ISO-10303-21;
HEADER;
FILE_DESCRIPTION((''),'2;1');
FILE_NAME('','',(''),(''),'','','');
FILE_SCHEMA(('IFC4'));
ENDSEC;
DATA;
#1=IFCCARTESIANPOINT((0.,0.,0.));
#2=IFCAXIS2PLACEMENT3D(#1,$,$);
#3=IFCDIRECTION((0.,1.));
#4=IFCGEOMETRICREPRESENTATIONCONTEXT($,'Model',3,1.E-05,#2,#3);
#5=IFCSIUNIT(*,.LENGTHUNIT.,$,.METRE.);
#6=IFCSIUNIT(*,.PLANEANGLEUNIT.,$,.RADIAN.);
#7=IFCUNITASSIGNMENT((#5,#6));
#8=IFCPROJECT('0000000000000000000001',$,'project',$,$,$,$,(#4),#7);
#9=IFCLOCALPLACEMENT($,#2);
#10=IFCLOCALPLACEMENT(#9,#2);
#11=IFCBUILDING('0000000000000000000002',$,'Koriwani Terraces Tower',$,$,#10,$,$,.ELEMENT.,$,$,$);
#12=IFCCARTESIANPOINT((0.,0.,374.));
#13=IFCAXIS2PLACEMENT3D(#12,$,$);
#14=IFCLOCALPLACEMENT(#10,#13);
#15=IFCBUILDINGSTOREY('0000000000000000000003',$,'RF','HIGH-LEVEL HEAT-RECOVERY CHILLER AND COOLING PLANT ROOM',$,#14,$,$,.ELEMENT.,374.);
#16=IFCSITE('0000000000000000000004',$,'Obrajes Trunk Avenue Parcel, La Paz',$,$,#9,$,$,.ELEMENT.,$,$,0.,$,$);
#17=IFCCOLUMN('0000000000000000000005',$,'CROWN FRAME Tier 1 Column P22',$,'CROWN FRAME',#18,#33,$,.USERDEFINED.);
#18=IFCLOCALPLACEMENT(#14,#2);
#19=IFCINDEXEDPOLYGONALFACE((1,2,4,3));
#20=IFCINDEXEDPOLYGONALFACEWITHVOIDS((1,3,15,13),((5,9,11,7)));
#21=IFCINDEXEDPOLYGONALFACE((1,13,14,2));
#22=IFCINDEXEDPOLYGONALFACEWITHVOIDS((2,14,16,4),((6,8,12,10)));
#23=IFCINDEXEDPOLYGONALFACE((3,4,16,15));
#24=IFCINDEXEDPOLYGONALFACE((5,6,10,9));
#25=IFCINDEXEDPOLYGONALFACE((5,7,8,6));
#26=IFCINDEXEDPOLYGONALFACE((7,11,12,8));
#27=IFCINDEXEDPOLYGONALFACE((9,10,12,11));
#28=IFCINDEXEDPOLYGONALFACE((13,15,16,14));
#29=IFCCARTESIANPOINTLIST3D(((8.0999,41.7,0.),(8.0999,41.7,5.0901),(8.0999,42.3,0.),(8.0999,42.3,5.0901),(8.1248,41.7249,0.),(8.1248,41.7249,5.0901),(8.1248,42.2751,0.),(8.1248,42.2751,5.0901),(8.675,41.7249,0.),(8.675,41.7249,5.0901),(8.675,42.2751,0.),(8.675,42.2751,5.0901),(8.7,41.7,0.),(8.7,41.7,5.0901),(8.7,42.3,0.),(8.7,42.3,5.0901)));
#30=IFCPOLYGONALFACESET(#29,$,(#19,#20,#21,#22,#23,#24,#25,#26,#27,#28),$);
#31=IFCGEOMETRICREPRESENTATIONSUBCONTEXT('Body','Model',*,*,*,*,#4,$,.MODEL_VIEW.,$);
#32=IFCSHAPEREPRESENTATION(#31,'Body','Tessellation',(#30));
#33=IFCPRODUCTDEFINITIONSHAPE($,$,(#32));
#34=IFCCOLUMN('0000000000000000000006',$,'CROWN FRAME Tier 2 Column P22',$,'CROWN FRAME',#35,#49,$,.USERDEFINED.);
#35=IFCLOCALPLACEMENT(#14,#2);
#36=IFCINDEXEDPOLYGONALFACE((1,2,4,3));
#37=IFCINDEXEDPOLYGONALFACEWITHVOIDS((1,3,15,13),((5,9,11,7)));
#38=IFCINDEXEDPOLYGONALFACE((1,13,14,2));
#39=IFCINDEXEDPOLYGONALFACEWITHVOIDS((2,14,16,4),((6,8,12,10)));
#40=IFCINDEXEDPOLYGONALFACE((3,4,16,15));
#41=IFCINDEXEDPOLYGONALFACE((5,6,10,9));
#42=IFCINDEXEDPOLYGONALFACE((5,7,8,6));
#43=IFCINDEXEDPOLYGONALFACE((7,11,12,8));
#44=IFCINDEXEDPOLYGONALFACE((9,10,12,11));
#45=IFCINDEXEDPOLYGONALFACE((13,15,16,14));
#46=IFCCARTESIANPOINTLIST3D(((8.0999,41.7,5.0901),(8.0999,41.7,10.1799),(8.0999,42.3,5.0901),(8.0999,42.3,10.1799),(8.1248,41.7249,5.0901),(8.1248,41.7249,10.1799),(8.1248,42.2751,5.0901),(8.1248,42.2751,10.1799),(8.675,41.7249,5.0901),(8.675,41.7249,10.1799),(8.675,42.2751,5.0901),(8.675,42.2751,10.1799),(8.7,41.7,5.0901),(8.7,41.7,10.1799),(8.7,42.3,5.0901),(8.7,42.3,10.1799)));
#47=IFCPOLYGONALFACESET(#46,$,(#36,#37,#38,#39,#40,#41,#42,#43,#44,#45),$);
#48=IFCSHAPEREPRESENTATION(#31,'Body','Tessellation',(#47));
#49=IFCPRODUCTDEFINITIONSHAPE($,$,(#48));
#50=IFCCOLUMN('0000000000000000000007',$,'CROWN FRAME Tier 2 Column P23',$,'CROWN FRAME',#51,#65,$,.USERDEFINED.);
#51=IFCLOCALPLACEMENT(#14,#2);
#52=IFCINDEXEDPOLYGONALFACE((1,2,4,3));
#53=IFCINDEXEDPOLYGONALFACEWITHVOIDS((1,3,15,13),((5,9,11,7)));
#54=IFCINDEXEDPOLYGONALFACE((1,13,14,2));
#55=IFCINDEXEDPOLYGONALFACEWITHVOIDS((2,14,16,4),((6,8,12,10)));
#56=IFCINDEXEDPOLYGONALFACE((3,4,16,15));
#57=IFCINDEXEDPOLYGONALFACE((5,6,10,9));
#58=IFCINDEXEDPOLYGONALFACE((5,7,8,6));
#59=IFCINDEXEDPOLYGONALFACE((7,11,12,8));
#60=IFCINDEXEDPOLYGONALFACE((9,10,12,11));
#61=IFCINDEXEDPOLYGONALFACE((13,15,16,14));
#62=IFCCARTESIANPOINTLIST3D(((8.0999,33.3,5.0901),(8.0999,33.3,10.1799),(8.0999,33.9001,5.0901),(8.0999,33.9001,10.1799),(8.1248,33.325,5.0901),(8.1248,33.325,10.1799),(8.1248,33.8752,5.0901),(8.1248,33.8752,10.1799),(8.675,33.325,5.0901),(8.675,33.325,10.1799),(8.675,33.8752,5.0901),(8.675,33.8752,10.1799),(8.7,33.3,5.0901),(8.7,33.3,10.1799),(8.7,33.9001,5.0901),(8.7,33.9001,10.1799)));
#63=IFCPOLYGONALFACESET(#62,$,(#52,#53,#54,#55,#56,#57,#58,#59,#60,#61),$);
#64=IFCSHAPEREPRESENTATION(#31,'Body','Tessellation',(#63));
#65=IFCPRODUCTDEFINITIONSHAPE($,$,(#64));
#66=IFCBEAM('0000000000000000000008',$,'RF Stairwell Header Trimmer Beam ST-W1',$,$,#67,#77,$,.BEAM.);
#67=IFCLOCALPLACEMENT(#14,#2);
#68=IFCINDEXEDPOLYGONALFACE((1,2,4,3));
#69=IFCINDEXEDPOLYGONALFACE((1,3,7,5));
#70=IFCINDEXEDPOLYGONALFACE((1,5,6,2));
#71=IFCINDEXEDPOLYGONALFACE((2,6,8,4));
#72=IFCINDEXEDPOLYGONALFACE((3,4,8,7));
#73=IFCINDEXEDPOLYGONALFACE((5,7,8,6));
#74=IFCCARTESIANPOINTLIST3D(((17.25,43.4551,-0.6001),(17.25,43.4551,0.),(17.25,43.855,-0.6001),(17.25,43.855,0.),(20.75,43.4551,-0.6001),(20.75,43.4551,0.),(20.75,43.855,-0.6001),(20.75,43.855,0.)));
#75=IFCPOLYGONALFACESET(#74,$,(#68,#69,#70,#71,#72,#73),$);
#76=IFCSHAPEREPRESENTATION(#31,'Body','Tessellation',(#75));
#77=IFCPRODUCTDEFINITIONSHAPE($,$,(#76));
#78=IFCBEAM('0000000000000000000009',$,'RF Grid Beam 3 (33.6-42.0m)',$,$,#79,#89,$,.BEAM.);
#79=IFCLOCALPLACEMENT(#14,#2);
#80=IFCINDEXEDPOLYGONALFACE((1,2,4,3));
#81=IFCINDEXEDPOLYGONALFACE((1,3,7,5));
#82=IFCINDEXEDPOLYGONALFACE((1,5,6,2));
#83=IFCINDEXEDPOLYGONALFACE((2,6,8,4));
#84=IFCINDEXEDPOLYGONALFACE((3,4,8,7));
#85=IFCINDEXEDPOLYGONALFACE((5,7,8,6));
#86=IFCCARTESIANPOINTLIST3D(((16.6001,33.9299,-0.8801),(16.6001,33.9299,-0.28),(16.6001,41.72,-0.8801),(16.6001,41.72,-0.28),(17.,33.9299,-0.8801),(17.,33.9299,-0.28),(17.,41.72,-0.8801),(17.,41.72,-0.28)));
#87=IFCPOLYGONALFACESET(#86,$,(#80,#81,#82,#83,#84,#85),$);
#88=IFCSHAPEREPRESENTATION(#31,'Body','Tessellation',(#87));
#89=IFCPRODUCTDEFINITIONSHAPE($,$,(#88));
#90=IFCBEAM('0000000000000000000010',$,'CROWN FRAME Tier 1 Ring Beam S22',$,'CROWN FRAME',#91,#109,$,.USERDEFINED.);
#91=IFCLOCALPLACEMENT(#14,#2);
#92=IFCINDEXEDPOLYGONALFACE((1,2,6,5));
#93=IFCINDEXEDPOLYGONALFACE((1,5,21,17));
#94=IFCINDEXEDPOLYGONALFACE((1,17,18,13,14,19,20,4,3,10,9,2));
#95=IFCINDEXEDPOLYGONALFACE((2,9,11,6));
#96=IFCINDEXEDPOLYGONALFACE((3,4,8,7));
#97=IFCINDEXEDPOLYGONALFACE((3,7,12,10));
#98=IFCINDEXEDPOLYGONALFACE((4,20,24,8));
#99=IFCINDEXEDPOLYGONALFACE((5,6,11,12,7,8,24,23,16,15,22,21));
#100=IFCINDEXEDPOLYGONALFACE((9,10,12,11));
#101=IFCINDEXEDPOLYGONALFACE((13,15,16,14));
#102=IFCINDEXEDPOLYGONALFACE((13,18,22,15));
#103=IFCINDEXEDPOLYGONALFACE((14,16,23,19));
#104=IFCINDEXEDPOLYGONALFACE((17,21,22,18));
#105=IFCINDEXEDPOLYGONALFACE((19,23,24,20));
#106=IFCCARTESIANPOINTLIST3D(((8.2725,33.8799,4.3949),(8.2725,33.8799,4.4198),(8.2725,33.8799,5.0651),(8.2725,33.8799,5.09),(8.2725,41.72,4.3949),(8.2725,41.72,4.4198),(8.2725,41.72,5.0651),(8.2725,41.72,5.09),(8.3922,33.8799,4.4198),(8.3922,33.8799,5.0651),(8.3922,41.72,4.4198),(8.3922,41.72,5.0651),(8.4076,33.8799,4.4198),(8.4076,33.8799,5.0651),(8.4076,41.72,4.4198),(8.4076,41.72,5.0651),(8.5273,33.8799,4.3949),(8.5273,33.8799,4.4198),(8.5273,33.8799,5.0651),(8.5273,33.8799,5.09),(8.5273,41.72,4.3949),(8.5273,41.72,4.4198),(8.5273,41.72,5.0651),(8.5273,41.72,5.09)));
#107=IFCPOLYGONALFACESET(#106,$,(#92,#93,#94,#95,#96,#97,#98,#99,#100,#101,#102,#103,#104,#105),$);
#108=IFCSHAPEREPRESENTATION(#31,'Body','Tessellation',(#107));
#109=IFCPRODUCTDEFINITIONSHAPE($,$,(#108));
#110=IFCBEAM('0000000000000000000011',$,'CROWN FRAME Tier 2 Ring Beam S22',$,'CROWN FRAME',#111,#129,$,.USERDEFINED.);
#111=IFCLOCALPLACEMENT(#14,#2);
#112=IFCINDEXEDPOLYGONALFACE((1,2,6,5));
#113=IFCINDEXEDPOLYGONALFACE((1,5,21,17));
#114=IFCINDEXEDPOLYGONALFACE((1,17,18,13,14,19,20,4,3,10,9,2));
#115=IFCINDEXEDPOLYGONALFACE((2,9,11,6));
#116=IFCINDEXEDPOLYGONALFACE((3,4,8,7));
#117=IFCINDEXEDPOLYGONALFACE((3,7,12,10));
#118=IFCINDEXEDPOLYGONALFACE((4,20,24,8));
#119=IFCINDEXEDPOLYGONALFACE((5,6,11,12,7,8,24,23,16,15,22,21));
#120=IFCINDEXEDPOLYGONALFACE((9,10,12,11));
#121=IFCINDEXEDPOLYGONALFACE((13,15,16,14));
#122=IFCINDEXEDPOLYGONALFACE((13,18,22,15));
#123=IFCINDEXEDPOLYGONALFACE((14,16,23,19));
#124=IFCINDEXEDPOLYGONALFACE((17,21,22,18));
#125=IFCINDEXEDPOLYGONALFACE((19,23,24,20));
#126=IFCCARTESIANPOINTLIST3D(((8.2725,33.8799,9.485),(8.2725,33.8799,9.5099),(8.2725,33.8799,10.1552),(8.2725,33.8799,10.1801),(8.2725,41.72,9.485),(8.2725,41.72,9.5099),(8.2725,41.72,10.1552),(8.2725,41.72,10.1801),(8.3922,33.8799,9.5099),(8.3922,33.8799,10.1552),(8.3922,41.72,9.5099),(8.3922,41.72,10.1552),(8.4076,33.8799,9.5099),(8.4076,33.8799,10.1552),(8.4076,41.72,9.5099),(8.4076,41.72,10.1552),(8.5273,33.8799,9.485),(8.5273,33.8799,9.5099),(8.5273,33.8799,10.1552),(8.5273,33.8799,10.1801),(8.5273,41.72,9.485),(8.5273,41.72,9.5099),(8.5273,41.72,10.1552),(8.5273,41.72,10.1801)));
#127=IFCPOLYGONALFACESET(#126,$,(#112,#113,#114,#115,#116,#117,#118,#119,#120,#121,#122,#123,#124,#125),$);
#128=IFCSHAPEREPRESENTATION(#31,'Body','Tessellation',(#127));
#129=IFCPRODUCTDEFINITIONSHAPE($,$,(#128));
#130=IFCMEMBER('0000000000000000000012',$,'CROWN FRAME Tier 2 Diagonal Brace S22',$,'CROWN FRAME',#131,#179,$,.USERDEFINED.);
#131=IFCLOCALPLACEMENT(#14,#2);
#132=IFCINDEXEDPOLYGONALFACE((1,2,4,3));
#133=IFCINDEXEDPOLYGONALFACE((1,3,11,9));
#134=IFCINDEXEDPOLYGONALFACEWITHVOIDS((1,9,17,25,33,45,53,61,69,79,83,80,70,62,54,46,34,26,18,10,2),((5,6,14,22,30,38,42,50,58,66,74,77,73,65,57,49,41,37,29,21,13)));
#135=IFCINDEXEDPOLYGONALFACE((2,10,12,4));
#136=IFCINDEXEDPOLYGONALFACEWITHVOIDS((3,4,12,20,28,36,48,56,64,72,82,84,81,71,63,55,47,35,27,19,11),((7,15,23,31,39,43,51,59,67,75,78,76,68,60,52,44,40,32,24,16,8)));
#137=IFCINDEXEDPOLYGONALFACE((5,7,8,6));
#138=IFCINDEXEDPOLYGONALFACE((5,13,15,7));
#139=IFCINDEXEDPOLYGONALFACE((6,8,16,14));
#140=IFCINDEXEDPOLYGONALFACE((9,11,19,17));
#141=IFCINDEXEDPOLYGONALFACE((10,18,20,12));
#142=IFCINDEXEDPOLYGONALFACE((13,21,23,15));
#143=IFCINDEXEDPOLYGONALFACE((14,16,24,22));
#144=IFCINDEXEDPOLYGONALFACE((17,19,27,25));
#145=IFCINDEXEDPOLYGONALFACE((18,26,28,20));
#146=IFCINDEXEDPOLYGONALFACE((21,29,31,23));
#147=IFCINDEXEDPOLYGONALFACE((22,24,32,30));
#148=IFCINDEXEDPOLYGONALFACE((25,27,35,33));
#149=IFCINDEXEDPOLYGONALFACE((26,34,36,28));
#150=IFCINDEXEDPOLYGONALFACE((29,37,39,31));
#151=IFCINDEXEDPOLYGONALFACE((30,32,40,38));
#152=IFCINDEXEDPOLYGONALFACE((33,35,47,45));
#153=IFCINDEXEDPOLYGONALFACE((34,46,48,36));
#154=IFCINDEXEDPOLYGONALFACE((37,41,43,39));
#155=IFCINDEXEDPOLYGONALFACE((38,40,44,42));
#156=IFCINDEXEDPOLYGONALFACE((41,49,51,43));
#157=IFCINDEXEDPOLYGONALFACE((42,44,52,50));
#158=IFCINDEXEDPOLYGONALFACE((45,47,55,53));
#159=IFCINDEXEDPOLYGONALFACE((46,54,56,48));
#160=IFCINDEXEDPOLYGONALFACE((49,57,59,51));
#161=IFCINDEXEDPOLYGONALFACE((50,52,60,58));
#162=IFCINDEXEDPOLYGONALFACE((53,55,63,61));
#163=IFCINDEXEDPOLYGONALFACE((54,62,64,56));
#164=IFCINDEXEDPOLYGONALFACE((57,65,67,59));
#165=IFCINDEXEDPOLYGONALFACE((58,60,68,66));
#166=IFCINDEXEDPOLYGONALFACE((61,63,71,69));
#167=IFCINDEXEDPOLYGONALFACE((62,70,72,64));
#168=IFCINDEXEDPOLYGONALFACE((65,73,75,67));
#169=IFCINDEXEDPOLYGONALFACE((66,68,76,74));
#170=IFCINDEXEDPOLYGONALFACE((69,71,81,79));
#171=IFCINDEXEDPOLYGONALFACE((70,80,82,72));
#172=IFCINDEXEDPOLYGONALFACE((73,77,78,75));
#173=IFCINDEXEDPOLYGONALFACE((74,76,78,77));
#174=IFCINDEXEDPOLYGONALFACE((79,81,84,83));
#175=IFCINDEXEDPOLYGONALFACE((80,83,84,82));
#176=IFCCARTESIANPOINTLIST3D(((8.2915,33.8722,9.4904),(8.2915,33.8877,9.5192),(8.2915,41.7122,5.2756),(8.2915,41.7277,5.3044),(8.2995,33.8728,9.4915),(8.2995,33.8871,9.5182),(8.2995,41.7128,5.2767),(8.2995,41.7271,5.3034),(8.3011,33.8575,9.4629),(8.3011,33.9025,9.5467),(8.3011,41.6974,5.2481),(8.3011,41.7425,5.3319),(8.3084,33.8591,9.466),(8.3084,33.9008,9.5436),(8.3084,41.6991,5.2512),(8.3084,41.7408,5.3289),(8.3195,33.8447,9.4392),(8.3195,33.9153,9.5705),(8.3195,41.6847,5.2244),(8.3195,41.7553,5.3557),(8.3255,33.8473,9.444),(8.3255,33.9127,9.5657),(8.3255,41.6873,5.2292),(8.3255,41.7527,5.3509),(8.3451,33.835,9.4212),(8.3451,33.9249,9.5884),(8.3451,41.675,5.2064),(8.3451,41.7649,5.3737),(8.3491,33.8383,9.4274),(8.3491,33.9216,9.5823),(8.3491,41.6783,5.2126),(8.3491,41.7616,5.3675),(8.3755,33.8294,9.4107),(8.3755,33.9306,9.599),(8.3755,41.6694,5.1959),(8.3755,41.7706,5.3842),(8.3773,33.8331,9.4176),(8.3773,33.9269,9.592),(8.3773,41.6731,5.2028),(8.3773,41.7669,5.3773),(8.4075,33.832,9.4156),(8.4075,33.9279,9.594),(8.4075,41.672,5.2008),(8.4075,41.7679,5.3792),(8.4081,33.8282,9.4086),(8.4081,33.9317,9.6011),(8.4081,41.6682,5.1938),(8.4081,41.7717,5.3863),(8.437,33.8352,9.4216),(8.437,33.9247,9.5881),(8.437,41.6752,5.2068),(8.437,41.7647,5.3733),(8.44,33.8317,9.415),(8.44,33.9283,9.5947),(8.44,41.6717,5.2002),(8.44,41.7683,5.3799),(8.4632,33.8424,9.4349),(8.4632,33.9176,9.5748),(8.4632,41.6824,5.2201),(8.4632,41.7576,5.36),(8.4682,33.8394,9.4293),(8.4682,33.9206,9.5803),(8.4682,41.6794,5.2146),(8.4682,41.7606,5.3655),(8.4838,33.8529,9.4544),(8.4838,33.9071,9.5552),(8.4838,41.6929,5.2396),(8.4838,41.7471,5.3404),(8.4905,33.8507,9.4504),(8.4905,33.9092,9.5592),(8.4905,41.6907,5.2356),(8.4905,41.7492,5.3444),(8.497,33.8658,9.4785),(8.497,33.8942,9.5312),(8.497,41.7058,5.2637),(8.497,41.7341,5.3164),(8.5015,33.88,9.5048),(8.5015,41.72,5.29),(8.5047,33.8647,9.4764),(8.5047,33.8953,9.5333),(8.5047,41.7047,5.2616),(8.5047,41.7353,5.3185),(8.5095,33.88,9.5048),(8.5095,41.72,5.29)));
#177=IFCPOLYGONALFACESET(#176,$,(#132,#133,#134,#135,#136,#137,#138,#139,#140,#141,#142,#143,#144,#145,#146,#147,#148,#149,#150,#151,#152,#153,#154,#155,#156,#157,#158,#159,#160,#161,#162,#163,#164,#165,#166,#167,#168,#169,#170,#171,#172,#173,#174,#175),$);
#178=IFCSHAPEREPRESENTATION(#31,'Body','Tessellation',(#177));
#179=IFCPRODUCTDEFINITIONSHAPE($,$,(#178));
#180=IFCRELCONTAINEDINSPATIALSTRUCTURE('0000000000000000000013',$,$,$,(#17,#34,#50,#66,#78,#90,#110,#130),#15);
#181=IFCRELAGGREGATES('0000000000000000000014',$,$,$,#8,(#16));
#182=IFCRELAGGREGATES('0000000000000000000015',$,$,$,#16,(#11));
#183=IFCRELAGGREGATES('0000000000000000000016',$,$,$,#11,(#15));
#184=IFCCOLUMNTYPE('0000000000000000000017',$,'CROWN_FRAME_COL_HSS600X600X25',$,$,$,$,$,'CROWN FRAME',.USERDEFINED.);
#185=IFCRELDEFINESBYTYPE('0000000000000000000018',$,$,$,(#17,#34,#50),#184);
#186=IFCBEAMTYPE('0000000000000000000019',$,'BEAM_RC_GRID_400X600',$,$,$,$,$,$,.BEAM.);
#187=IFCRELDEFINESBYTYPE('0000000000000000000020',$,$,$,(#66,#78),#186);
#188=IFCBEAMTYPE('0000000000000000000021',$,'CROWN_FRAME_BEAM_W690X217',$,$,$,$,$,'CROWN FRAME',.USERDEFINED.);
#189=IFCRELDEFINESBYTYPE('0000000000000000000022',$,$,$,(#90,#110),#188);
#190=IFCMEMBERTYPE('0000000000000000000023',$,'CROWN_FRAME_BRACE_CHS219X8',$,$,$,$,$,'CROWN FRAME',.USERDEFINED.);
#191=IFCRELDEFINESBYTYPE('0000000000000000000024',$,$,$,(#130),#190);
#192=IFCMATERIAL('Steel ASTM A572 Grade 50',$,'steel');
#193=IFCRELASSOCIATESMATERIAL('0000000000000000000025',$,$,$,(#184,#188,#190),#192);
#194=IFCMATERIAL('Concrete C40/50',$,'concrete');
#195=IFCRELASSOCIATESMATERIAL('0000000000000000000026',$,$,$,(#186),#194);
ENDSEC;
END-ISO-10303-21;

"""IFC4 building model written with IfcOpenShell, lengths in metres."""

from ifc_helpers import new_model, si_unit, direction, frame, origin, origin_2d, place, context, subcontext, project, spatial, rectangle, hollow_rectangle, hollow_circle, i_section, extrude, material, material_profile, profile_set, type_object, element, save


model = new_model("IFC4")

# Units and contexts
model_context = context("Model", 3, precision=1e-05, world=origin(), true_north=direction((0.0, 1.0)))
body_context = subcontext(model_context, "Body", "Model", "MODEL_VIEW")
ifc_project = project(units=[si_unit("LENGTHUNIT", "METRE"), si_unit("PLANEANGLEUNIT", "RADIAN")], contexts=[model_context])

# Site, building, storey
site_placement = place(None, origin())
site = spatial("IfcSite", under=ifc_project, at=site_placement, Name="Obrajes Trunk Avenue Parcel, La Paz", CompositionType="ELEMENT", RefElevation=0.0)
building_placement = place(site_placement, origin())
building = spatial("IfcBuilding", under=site, at=building_placement, Name="Koriwani Terraces Tower", CompositionType="ELEMENT")
storey_placement = place(building_placement, frame((0.0, 0.0, 374.0)))
storey = spatial("IfcBuildingStorey", under=building, at=storey_placement, Name="RF", Description="HIGH-LEVEL HEAT-RECOVERY CHILLER AND COOLING PLANT ROOM", CompositionType="ELEMENT", Elevation=374.0)

# Columns
ifc_material_1 = material(Name="Steel ASTM A572 Grade 50", Category="steel")
ifc_material_profile_1 = material_profile(ifc_material_1, hollow_rectangle(XDim=0.6001, YDim=0.6001, WallThickness=0.0249, at=origin_2d()), Name="Steel ASTM A572 Grade 50", Category="LoadBearing")
ifc_profile_set_1 = profile_set([ifc_material_profile_1], Name="Steel ASTM A572 Grade 50")
column_type = type_object("IfcColumnType", Name="CROWN_FRAME_COL_HSS600X600X25", ElementType="CROWN FRAME", PredefinedType="USERDEFINED", material=ifc_profile_set_1)
column_placement = place(storey_placement, frame((8.3999, 42.0, 0.0), z_axis=(0.0, 0.0, 1.0), x_axis=(1.0, 0.0, 0.0)))
element("IfcColumn", 1, at=column_placement, inside=storey, type_object=column_type, Name="CROWN FRAME Tier 1 Column P22", ObjectType="CROWN FRAME", PredefinedType="USERDEFINED", context=body_context, shape_type="SweptSolid", body=[
    extrude(hollow_rectangle(XDim=0.6001, YDim=0.6001, WallThickness=0.0249, at=origin_2d()), origin(), (0.0, 0.0, 1.0), 5.0901),
])
for number, where, z_axis, x_axis, name in (
    (2, (8.3999, 42.0, 5.0901), (0.0, 0.0, 1.0), (1.0, 0.0, 0.0), "CROWN FRAME Tier 2 Column P22"),
    (3, (8.3999, 33.6001, 5.0901), (0.0, 0.0, 1.0), (1.0, 0.0, 0.0), "CROWN FRAME Tier 2 Column P23"),
):
    element("IfcColumn", number, at=place(storey_placement, frame(where, z_axis=z_axis, x_axis=x_axis)), inside=storey, type_object=column_type, Name=name, ObjectType="CROWN FRAME", PredefinedType="USERDEFINED", context=body_context, shape_type="SweptSolid", body=[
        extrude(hollow_rectangle(XDim=0.6001, YDim=0.6001, WallThickness=0.0249, at=origin_2d()), origin(), (0.0, 0.0, 1.0), 5.0898),
    ])

# Beams
ifc_material_2 = material(Name="Concrete C40/50", Category="concrete")
ifc_material_profile_2 = material_profile(ifc_material_2, rectangle(XDim=0.3999, YDim=0.6001, at=origin_2d()), Name="Concrete C40/50", Category="LoadBearing")
ifc_profile_set_2 = profile_set([ifc_material_profile_2], Name="Concrete C40/50")
beam_type_1 = type_object("IfcBeamType", Name="BEAM_RC_GRID_400X600", PredefinedType="BEAM", material=ifc_profile_set_2)
beam_1_placement = place(storey_placement, frame((17.25, 43.655, -0.3), z_axis=(1.0, 0.0, 0.0), x_axis=(0.0, 1.0, 0.0)))
element("IfcBeam", 4, at=beam_1_placement, inside=storey, type_object=beam_type_1, Name="RF Stairwell Header Trimmer Beam ST-W1", PredefinedType="BEAM", context=body_context, shape_type="SweptSolid", body=[
    extrude(rectangle(XDim=0.3999, YDim=0.6001, at=origin_2d()), origin(), (0.0, 0.0, 1.0), 3.5),
])
beam_2_placement = place(storey_placement, frame((16.8, 33.9299, -0.5801), z_axis=(0.0, 1.0, 0.0), x_axis=(-1.0, 0.0, 0.0)))
element("IfcBeam", 5, at=beam_2_placement, inside=storey, type_object=beam_type_1, Name="RF Grid Beam 3 (33.6-42.0m)", PredefinedType="BEAM", context=body_context, shape_type="SweptSolid", body=[
    extrude(rectangle(XDim=0.3999, YDim=0.6001, at=origin_2d()), origin(), (0.0, 0.0, 1.0), 7.79),
])
ifc_material_profile_3 = material_profile(ifc_material_1, i_section(OverallWidth=0.2549, OverallDepth=0.6951, WebThickness=0.0154, FlangeThickness=0.0249, at=origin_2d()), Name="Steel ASTM A572 Grade 50", Category="LoadBearing")
ifc_profile_set_3 = profile_set([ifc_material_profile_3], Name="Steel ASTM A572 Grade 50")
beam_type_2 = type_object("IfcBeamType", Name="CROWN_FRAME_BEAM_W690X217", ElementType="CROWN FRAME", PredefinedType="USERDEFINED", material=ifc_profile_set_3)
for number, where, z_axis, x_axis, name in (
    (6, (8.3999, 41.72, 4.7424), (0.0, -1.0, 0.0), (1.0, 0.0, 0.0), "CROWN FRAME Tier 1 Ring Beam S22"),
    (7, (8.3999, 41.72, 9.8325), (0.0, -1.0, 0.0), (1.0, 0.0, 0.0), "CROWN FRAME Tier 2 Ring Beam S22"),
):
    element("IfcBeam", number, at=place(storey_placement, frame(where, z_axis=z_axis, x_axis=x_axis)), inside=storey, type_object=beam_type_2, Name=name, ObjectType="CROWN FRAME", PredefinedType="USERDEFINED", context=body_context, shape_type="SweptSolid", body=[
        extrude(i_section(OverallWidth=0.2549, OverallDepth=0.6951, WebThickness=0.0154, FlangeThickness=0.0249, at=origin_2d()), origin(), (0.0, 0.0, 1.0), 7.8401),
    ])

# Member
ifc_material_profile_4 = material_profile(ifc_material_1, hollow_circle(Radius=0.1096, WallThickness=0.0081, at=origin_2d()), Name="Steel ASTM A572 Grade 50", Category="LoadBearing")
ifc_profile_set_4 = profile_set([ifc_material_profile_4], Name="Steel ASTM A572 Grade 50")
member_type = type_object("IfcMemberType", Name="CROWN_FRAME_BRACE_CHS219X8", ElementType="CROWN FRAME", PredefinedType="USERDEFINED", material=ifc_profile_set_4)
member_placement = place(storey_placement, frame((8.3999, 41.72, 5.29), z_axis=(0.0, -0.880787, 0.473513), x_axis=(1.0, 0.0, 0.0)))
element("IfcMember", 8, at=member_placement, inside=storey, type_object=member_type, Name="CROWN FRAME Tier 2 Diagonal Brace S22", ObjectType="CROWN FRAME", PredefinedType="USERDEFINED", context=body_context, shape_type="SweptSolid", body=[
    extrude(hollow_circle(Radius=0.1096, WallThickness=0.0081, at=origin_2d()), origin(), (0.0, 0.0, 1.0), 8.9011),
])

save(model, "model.ifc")
